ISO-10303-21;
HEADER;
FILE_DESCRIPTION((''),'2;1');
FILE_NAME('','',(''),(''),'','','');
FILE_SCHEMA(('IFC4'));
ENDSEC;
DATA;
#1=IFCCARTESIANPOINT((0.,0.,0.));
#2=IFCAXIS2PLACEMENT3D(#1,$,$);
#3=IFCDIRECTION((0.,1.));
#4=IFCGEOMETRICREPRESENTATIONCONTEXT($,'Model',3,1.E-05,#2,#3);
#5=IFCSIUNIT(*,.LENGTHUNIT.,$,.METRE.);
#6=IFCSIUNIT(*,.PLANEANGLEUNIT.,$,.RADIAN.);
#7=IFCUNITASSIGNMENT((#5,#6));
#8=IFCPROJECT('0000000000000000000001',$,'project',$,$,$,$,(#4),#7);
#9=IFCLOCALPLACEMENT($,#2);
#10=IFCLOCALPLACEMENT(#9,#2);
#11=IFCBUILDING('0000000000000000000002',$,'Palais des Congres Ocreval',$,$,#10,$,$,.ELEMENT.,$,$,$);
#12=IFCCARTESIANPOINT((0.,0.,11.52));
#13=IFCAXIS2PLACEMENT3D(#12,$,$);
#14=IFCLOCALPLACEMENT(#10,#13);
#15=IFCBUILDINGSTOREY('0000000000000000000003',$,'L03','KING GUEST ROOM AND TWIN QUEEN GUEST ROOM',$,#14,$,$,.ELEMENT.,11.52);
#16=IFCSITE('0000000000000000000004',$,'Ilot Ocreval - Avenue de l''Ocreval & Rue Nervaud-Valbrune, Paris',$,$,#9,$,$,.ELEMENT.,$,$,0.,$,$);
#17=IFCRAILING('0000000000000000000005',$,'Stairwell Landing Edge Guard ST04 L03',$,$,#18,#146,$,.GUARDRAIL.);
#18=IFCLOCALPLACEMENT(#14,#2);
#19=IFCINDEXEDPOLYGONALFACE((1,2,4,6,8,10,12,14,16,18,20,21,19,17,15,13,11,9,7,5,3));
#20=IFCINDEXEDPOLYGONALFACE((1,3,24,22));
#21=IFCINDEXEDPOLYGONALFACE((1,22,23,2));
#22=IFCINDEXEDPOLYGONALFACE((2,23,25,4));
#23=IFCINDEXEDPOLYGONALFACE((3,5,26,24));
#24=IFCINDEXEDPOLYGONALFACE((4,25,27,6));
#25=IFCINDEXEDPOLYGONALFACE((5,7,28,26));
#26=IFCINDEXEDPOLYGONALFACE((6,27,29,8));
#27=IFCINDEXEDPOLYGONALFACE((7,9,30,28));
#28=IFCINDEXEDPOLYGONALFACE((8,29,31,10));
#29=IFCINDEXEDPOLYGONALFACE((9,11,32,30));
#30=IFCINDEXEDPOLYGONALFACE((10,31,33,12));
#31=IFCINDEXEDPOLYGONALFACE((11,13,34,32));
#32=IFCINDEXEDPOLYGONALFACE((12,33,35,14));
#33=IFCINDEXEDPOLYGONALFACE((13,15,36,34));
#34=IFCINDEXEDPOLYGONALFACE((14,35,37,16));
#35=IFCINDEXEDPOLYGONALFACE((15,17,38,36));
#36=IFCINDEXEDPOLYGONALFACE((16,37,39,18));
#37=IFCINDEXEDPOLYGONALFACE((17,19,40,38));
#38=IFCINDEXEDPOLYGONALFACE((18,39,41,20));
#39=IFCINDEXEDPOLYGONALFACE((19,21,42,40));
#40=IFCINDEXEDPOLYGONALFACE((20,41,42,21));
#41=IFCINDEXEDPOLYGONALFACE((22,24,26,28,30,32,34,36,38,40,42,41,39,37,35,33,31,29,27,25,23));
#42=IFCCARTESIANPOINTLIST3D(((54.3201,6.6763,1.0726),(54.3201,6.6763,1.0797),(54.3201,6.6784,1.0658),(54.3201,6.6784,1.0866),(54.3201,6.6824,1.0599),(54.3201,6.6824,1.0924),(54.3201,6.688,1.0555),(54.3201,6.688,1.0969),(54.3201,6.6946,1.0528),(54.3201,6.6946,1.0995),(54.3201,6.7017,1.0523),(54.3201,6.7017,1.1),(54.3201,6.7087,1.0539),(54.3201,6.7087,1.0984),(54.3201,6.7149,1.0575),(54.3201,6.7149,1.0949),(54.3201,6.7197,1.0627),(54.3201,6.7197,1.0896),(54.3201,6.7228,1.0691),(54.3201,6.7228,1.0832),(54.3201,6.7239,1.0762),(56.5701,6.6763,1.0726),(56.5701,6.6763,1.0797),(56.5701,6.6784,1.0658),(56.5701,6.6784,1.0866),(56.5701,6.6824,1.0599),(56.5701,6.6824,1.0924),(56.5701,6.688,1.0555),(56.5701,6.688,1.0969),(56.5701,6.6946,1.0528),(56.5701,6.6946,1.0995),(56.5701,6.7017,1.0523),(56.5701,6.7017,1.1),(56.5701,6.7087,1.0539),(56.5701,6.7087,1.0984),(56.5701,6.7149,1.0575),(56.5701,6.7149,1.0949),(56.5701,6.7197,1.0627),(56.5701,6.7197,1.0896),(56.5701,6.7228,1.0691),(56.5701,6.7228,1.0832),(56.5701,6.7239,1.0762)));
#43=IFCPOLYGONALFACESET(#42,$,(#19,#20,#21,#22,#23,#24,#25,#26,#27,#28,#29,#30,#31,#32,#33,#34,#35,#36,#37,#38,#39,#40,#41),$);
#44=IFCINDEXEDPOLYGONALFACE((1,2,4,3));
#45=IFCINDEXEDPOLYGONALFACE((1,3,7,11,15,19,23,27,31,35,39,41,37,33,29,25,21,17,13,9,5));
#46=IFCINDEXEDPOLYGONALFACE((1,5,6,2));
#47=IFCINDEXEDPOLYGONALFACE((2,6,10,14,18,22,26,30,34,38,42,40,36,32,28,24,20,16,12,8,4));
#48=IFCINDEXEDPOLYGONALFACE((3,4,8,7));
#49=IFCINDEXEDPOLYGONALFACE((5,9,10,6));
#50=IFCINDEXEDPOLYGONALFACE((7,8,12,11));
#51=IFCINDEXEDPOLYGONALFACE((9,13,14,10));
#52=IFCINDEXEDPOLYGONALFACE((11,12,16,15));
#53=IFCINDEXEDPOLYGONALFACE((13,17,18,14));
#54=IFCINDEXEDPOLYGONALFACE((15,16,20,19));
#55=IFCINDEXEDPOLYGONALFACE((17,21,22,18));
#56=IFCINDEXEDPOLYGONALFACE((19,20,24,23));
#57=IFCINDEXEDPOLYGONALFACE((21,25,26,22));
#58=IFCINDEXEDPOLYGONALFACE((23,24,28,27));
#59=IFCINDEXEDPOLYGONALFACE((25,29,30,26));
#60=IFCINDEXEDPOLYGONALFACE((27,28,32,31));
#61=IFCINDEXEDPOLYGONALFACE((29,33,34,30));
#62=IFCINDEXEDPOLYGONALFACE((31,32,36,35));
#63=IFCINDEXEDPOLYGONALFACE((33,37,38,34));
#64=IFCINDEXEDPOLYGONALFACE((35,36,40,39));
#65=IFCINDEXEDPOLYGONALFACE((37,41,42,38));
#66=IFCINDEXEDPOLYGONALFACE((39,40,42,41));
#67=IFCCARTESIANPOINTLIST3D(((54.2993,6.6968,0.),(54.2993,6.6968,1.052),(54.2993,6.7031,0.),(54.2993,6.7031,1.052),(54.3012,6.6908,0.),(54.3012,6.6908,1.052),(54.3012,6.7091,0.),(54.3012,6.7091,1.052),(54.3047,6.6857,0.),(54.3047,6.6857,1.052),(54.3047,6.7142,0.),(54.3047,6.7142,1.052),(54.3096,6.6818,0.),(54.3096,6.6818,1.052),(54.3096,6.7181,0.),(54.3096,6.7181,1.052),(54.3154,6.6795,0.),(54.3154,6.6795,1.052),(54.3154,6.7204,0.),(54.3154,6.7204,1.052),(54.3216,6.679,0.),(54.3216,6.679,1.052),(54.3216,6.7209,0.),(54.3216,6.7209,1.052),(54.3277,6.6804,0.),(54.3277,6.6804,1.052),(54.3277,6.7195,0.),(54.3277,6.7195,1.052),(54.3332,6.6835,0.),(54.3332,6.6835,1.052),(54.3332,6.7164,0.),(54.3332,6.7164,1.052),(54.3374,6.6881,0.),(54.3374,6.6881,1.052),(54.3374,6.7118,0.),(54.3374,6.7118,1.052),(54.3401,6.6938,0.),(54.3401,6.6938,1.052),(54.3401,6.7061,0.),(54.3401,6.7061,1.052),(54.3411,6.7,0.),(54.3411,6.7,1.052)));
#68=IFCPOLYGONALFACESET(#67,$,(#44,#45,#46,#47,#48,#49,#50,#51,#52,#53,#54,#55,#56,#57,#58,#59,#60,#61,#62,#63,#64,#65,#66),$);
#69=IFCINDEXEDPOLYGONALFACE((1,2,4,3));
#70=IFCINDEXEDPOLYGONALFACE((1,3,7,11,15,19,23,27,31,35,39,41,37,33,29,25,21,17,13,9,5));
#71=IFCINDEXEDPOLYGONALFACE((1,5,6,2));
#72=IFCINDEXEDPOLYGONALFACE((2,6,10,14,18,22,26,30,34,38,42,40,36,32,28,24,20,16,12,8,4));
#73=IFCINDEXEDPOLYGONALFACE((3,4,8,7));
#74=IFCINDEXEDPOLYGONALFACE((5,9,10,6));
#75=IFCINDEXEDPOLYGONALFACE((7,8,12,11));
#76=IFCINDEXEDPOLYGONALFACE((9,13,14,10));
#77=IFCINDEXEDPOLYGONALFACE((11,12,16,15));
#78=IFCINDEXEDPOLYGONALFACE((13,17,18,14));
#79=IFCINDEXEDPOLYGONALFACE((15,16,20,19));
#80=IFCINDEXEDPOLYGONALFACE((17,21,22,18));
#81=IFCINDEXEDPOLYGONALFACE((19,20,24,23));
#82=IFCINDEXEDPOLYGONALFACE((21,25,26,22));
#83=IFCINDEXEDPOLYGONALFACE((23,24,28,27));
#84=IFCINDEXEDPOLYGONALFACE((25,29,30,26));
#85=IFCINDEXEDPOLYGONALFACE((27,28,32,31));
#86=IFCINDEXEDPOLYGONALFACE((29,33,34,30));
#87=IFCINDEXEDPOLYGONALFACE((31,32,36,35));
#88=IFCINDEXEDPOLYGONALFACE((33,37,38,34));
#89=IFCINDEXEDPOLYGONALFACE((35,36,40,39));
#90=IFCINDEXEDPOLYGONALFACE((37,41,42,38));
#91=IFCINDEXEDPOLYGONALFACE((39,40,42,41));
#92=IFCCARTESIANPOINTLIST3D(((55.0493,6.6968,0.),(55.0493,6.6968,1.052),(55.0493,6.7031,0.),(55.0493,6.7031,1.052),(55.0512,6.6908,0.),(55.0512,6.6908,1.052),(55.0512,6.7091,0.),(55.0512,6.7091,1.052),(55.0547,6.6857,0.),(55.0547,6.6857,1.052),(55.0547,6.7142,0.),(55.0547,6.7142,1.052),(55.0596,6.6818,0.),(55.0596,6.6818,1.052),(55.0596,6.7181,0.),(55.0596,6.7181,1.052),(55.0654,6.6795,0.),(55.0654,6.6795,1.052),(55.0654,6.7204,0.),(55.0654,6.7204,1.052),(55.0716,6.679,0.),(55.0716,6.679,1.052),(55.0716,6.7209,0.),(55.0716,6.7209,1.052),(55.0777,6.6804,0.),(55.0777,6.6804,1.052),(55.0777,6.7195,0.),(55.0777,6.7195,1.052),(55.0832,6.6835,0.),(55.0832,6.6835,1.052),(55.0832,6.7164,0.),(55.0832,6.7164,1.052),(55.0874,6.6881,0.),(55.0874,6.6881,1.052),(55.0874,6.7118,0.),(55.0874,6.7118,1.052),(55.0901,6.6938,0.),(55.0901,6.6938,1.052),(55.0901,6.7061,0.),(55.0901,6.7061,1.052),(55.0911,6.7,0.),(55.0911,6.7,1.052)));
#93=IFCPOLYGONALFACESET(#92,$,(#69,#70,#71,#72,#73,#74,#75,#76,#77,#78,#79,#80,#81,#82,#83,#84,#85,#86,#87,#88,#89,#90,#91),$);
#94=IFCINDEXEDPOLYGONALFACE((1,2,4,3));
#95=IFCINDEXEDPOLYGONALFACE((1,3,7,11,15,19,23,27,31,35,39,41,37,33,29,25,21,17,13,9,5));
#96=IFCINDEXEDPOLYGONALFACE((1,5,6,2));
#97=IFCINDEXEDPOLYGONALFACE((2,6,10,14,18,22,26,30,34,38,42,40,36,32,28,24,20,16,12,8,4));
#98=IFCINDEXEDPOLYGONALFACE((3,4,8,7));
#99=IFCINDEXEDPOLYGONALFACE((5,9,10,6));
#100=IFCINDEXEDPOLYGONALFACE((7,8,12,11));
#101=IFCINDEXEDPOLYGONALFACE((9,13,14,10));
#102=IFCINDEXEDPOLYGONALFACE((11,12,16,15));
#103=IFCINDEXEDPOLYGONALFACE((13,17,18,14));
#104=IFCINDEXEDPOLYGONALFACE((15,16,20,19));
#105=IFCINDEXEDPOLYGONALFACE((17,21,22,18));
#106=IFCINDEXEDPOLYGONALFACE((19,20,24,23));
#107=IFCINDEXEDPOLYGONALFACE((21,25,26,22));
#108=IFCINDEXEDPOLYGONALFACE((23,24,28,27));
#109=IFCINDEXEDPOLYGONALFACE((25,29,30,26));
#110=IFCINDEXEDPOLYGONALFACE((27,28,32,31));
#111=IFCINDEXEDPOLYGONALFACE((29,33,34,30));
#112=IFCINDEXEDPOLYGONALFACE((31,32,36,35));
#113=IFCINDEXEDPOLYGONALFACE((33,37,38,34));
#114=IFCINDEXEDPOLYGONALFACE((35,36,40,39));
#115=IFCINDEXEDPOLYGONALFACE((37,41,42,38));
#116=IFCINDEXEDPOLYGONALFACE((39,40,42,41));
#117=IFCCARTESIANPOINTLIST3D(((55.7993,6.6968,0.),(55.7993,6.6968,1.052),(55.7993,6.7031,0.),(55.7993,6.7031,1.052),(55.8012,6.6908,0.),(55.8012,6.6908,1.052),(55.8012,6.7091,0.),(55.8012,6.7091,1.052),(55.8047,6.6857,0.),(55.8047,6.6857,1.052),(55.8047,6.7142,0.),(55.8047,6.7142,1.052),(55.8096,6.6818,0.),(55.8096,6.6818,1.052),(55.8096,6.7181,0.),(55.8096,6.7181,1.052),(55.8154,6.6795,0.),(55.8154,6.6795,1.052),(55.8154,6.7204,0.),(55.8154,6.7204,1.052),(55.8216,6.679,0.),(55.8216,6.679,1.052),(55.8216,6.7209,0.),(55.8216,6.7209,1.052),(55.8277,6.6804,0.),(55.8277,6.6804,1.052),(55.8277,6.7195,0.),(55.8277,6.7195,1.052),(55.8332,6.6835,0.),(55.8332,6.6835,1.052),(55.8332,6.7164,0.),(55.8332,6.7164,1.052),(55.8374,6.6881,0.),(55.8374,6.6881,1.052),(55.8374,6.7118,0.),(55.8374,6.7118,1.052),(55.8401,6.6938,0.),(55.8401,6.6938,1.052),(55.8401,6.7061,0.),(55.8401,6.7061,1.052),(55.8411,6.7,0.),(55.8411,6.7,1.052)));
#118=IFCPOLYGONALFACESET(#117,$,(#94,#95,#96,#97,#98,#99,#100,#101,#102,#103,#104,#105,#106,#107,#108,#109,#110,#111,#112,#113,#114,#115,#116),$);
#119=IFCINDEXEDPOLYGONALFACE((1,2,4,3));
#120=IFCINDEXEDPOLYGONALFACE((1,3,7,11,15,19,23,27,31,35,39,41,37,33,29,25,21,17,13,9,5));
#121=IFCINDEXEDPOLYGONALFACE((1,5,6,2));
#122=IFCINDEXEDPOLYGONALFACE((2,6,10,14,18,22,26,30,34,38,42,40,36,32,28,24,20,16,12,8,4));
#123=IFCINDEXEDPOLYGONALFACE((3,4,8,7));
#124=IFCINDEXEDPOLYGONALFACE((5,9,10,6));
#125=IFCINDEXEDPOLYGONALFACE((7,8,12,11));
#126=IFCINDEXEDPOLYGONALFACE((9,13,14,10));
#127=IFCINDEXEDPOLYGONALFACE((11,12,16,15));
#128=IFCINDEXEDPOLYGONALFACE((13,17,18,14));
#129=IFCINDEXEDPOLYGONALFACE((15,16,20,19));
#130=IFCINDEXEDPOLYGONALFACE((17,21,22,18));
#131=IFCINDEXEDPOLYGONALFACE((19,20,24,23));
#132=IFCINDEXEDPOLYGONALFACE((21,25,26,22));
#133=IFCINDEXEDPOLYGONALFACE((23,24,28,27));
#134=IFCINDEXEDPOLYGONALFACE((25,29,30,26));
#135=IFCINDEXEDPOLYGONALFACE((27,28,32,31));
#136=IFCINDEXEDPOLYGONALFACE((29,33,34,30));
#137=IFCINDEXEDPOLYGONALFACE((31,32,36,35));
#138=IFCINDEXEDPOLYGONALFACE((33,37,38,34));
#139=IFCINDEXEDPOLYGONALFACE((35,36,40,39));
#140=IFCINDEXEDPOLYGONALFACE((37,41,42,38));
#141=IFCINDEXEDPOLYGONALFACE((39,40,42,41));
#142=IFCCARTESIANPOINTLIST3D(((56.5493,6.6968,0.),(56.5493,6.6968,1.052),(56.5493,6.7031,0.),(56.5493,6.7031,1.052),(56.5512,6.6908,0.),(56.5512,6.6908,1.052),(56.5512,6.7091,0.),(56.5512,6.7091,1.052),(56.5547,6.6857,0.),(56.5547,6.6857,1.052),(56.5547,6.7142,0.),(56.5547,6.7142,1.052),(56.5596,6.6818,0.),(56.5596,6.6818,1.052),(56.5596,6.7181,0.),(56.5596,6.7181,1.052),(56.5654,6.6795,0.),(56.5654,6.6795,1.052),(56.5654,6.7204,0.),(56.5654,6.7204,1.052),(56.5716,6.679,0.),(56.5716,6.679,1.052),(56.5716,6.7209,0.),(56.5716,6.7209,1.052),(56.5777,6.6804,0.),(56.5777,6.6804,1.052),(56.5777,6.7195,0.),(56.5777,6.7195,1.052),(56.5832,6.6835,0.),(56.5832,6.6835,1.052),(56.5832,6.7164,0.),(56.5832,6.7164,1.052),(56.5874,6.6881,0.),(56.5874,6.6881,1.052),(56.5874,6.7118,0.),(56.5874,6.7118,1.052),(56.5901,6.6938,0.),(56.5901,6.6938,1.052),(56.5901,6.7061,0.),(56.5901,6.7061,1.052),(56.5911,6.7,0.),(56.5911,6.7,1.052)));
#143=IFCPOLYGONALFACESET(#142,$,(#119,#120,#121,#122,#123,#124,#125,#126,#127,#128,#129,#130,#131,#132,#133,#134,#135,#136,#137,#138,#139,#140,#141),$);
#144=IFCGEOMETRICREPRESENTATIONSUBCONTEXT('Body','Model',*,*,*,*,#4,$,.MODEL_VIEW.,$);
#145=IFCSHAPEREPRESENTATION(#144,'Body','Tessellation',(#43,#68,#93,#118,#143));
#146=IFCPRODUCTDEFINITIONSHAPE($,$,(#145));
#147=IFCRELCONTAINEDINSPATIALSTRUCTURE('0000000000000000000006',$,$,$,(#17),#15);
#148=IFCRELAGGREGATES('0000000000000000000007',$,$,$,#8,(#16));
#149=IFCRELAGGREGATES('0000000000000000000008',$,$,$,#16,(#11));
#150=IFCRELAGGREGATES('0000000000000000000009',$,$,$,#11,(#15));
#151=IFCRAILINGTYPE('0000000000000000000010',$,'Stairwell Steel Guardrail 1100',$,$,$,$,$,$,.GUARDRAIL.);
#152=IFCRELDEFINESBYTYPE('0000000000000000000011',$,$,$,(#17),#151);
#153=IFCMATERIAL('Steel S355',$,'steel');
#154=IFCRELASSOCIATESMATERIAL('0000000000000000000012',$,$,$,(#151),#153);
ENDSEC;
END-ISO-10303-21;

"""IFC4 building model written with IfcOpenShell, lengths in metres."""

from ifc_helpers import new_model, si_unit, direction, frame, origin, origin_2d, place, context, subcontext, project, spatial, circle, extrude, material, type_object, element, save


model = new_model("IFC4")

# Units and contexts
model_context = context("Model", 3, precision=1e-05, world=origin(), true_north=direction((0.0, 1.0)))
body_context = subcontext(model_context, "Body", "Model", "MODEL_VIEW")
ifc_project = project(units=[si_unit("LENGTHUNIT", "METRE"), si_unit("PLANEANGLEUNIT", "RADIAN")], contexts=[model_context])

# Site, building, storey
site_placement = place(None, origin())
site = spatial("IfcSite", under=ifc_project, at=site_placement, Name="Ilot Ocreval - Avenue de l'Ocreval & Rue Nervaud-Valbrune, Paris", CompositionType="ELEMENT", RefElevation=0.0)
building_placement = place(site_placement, origin())
building = spatial("IfcBuilding", under=site, at=building_placement, Name="Palais des Congres Ocreval", CompositionType="ELEMENT")
storey_placement = place(building_placement, frame((0.0, 0.0, 11.52)))
storey = spatial("IfcBuildingStorey", under=building, at=storey_placement, Name="L03", Description="KING GUEST ROOM AND TWIN QUEEN GUEST ROOM", CompositionType="ELEMENT", Elevation=11.52)

# Shared definitions
ifc_material_1 = material(Name="Steel S355", Category="steel")

# Railing
railing_type_1 = type_object("IfcRailingType", Name="Stairwell Steel Guardrail 1100", PredefinedType="GUARDRAIL", material=ifc_material_1)
railing_1_placement = place(storey_placement, frame((54.3201, 6.7, 0.0)))
element("IfcRailing", 1, at=railing_1_placement, inside=storey, type_object=railing_type_1, Name="Stairwell Landing Edge Guard ST04 L03", PredefinedType="GUARDRAIL", context=body_context, shape_type="SweptSolid", body=[
    extrude(circle(Radius=0.0239, at=origin_2d()), frame((0.0, 0.0, 1.0762), z_axis=(1.0, 0.0, 0.0), x_axis=(0.0, 1.0, 0.0)), (0.0, 0.0, 1.0), 2.25),
    extrude(circle(Radius=0.021, at=origin_2d()), origin(), (0.0, 0.0, 1.0), 1.052),
    extrude(circle(Radius=0.021, at=origin_2d()), frame((0.75, 0.0, 0.0)), (0.0, 0.0, 1.0), 1.052),
    extrude(circle(Radius=0.021, at=origin_2d()), frame((1.5, 0.0, 0.0)), (0.0, 0.0, 1.0), 1.052),
    extrude(circle(Radius=0.021, at=origin_2d()), frame((2.25, 0.0, 0.0)), (0.0, 0.0, 1.0), 1.052),
])

save(model, "model.ifc")
